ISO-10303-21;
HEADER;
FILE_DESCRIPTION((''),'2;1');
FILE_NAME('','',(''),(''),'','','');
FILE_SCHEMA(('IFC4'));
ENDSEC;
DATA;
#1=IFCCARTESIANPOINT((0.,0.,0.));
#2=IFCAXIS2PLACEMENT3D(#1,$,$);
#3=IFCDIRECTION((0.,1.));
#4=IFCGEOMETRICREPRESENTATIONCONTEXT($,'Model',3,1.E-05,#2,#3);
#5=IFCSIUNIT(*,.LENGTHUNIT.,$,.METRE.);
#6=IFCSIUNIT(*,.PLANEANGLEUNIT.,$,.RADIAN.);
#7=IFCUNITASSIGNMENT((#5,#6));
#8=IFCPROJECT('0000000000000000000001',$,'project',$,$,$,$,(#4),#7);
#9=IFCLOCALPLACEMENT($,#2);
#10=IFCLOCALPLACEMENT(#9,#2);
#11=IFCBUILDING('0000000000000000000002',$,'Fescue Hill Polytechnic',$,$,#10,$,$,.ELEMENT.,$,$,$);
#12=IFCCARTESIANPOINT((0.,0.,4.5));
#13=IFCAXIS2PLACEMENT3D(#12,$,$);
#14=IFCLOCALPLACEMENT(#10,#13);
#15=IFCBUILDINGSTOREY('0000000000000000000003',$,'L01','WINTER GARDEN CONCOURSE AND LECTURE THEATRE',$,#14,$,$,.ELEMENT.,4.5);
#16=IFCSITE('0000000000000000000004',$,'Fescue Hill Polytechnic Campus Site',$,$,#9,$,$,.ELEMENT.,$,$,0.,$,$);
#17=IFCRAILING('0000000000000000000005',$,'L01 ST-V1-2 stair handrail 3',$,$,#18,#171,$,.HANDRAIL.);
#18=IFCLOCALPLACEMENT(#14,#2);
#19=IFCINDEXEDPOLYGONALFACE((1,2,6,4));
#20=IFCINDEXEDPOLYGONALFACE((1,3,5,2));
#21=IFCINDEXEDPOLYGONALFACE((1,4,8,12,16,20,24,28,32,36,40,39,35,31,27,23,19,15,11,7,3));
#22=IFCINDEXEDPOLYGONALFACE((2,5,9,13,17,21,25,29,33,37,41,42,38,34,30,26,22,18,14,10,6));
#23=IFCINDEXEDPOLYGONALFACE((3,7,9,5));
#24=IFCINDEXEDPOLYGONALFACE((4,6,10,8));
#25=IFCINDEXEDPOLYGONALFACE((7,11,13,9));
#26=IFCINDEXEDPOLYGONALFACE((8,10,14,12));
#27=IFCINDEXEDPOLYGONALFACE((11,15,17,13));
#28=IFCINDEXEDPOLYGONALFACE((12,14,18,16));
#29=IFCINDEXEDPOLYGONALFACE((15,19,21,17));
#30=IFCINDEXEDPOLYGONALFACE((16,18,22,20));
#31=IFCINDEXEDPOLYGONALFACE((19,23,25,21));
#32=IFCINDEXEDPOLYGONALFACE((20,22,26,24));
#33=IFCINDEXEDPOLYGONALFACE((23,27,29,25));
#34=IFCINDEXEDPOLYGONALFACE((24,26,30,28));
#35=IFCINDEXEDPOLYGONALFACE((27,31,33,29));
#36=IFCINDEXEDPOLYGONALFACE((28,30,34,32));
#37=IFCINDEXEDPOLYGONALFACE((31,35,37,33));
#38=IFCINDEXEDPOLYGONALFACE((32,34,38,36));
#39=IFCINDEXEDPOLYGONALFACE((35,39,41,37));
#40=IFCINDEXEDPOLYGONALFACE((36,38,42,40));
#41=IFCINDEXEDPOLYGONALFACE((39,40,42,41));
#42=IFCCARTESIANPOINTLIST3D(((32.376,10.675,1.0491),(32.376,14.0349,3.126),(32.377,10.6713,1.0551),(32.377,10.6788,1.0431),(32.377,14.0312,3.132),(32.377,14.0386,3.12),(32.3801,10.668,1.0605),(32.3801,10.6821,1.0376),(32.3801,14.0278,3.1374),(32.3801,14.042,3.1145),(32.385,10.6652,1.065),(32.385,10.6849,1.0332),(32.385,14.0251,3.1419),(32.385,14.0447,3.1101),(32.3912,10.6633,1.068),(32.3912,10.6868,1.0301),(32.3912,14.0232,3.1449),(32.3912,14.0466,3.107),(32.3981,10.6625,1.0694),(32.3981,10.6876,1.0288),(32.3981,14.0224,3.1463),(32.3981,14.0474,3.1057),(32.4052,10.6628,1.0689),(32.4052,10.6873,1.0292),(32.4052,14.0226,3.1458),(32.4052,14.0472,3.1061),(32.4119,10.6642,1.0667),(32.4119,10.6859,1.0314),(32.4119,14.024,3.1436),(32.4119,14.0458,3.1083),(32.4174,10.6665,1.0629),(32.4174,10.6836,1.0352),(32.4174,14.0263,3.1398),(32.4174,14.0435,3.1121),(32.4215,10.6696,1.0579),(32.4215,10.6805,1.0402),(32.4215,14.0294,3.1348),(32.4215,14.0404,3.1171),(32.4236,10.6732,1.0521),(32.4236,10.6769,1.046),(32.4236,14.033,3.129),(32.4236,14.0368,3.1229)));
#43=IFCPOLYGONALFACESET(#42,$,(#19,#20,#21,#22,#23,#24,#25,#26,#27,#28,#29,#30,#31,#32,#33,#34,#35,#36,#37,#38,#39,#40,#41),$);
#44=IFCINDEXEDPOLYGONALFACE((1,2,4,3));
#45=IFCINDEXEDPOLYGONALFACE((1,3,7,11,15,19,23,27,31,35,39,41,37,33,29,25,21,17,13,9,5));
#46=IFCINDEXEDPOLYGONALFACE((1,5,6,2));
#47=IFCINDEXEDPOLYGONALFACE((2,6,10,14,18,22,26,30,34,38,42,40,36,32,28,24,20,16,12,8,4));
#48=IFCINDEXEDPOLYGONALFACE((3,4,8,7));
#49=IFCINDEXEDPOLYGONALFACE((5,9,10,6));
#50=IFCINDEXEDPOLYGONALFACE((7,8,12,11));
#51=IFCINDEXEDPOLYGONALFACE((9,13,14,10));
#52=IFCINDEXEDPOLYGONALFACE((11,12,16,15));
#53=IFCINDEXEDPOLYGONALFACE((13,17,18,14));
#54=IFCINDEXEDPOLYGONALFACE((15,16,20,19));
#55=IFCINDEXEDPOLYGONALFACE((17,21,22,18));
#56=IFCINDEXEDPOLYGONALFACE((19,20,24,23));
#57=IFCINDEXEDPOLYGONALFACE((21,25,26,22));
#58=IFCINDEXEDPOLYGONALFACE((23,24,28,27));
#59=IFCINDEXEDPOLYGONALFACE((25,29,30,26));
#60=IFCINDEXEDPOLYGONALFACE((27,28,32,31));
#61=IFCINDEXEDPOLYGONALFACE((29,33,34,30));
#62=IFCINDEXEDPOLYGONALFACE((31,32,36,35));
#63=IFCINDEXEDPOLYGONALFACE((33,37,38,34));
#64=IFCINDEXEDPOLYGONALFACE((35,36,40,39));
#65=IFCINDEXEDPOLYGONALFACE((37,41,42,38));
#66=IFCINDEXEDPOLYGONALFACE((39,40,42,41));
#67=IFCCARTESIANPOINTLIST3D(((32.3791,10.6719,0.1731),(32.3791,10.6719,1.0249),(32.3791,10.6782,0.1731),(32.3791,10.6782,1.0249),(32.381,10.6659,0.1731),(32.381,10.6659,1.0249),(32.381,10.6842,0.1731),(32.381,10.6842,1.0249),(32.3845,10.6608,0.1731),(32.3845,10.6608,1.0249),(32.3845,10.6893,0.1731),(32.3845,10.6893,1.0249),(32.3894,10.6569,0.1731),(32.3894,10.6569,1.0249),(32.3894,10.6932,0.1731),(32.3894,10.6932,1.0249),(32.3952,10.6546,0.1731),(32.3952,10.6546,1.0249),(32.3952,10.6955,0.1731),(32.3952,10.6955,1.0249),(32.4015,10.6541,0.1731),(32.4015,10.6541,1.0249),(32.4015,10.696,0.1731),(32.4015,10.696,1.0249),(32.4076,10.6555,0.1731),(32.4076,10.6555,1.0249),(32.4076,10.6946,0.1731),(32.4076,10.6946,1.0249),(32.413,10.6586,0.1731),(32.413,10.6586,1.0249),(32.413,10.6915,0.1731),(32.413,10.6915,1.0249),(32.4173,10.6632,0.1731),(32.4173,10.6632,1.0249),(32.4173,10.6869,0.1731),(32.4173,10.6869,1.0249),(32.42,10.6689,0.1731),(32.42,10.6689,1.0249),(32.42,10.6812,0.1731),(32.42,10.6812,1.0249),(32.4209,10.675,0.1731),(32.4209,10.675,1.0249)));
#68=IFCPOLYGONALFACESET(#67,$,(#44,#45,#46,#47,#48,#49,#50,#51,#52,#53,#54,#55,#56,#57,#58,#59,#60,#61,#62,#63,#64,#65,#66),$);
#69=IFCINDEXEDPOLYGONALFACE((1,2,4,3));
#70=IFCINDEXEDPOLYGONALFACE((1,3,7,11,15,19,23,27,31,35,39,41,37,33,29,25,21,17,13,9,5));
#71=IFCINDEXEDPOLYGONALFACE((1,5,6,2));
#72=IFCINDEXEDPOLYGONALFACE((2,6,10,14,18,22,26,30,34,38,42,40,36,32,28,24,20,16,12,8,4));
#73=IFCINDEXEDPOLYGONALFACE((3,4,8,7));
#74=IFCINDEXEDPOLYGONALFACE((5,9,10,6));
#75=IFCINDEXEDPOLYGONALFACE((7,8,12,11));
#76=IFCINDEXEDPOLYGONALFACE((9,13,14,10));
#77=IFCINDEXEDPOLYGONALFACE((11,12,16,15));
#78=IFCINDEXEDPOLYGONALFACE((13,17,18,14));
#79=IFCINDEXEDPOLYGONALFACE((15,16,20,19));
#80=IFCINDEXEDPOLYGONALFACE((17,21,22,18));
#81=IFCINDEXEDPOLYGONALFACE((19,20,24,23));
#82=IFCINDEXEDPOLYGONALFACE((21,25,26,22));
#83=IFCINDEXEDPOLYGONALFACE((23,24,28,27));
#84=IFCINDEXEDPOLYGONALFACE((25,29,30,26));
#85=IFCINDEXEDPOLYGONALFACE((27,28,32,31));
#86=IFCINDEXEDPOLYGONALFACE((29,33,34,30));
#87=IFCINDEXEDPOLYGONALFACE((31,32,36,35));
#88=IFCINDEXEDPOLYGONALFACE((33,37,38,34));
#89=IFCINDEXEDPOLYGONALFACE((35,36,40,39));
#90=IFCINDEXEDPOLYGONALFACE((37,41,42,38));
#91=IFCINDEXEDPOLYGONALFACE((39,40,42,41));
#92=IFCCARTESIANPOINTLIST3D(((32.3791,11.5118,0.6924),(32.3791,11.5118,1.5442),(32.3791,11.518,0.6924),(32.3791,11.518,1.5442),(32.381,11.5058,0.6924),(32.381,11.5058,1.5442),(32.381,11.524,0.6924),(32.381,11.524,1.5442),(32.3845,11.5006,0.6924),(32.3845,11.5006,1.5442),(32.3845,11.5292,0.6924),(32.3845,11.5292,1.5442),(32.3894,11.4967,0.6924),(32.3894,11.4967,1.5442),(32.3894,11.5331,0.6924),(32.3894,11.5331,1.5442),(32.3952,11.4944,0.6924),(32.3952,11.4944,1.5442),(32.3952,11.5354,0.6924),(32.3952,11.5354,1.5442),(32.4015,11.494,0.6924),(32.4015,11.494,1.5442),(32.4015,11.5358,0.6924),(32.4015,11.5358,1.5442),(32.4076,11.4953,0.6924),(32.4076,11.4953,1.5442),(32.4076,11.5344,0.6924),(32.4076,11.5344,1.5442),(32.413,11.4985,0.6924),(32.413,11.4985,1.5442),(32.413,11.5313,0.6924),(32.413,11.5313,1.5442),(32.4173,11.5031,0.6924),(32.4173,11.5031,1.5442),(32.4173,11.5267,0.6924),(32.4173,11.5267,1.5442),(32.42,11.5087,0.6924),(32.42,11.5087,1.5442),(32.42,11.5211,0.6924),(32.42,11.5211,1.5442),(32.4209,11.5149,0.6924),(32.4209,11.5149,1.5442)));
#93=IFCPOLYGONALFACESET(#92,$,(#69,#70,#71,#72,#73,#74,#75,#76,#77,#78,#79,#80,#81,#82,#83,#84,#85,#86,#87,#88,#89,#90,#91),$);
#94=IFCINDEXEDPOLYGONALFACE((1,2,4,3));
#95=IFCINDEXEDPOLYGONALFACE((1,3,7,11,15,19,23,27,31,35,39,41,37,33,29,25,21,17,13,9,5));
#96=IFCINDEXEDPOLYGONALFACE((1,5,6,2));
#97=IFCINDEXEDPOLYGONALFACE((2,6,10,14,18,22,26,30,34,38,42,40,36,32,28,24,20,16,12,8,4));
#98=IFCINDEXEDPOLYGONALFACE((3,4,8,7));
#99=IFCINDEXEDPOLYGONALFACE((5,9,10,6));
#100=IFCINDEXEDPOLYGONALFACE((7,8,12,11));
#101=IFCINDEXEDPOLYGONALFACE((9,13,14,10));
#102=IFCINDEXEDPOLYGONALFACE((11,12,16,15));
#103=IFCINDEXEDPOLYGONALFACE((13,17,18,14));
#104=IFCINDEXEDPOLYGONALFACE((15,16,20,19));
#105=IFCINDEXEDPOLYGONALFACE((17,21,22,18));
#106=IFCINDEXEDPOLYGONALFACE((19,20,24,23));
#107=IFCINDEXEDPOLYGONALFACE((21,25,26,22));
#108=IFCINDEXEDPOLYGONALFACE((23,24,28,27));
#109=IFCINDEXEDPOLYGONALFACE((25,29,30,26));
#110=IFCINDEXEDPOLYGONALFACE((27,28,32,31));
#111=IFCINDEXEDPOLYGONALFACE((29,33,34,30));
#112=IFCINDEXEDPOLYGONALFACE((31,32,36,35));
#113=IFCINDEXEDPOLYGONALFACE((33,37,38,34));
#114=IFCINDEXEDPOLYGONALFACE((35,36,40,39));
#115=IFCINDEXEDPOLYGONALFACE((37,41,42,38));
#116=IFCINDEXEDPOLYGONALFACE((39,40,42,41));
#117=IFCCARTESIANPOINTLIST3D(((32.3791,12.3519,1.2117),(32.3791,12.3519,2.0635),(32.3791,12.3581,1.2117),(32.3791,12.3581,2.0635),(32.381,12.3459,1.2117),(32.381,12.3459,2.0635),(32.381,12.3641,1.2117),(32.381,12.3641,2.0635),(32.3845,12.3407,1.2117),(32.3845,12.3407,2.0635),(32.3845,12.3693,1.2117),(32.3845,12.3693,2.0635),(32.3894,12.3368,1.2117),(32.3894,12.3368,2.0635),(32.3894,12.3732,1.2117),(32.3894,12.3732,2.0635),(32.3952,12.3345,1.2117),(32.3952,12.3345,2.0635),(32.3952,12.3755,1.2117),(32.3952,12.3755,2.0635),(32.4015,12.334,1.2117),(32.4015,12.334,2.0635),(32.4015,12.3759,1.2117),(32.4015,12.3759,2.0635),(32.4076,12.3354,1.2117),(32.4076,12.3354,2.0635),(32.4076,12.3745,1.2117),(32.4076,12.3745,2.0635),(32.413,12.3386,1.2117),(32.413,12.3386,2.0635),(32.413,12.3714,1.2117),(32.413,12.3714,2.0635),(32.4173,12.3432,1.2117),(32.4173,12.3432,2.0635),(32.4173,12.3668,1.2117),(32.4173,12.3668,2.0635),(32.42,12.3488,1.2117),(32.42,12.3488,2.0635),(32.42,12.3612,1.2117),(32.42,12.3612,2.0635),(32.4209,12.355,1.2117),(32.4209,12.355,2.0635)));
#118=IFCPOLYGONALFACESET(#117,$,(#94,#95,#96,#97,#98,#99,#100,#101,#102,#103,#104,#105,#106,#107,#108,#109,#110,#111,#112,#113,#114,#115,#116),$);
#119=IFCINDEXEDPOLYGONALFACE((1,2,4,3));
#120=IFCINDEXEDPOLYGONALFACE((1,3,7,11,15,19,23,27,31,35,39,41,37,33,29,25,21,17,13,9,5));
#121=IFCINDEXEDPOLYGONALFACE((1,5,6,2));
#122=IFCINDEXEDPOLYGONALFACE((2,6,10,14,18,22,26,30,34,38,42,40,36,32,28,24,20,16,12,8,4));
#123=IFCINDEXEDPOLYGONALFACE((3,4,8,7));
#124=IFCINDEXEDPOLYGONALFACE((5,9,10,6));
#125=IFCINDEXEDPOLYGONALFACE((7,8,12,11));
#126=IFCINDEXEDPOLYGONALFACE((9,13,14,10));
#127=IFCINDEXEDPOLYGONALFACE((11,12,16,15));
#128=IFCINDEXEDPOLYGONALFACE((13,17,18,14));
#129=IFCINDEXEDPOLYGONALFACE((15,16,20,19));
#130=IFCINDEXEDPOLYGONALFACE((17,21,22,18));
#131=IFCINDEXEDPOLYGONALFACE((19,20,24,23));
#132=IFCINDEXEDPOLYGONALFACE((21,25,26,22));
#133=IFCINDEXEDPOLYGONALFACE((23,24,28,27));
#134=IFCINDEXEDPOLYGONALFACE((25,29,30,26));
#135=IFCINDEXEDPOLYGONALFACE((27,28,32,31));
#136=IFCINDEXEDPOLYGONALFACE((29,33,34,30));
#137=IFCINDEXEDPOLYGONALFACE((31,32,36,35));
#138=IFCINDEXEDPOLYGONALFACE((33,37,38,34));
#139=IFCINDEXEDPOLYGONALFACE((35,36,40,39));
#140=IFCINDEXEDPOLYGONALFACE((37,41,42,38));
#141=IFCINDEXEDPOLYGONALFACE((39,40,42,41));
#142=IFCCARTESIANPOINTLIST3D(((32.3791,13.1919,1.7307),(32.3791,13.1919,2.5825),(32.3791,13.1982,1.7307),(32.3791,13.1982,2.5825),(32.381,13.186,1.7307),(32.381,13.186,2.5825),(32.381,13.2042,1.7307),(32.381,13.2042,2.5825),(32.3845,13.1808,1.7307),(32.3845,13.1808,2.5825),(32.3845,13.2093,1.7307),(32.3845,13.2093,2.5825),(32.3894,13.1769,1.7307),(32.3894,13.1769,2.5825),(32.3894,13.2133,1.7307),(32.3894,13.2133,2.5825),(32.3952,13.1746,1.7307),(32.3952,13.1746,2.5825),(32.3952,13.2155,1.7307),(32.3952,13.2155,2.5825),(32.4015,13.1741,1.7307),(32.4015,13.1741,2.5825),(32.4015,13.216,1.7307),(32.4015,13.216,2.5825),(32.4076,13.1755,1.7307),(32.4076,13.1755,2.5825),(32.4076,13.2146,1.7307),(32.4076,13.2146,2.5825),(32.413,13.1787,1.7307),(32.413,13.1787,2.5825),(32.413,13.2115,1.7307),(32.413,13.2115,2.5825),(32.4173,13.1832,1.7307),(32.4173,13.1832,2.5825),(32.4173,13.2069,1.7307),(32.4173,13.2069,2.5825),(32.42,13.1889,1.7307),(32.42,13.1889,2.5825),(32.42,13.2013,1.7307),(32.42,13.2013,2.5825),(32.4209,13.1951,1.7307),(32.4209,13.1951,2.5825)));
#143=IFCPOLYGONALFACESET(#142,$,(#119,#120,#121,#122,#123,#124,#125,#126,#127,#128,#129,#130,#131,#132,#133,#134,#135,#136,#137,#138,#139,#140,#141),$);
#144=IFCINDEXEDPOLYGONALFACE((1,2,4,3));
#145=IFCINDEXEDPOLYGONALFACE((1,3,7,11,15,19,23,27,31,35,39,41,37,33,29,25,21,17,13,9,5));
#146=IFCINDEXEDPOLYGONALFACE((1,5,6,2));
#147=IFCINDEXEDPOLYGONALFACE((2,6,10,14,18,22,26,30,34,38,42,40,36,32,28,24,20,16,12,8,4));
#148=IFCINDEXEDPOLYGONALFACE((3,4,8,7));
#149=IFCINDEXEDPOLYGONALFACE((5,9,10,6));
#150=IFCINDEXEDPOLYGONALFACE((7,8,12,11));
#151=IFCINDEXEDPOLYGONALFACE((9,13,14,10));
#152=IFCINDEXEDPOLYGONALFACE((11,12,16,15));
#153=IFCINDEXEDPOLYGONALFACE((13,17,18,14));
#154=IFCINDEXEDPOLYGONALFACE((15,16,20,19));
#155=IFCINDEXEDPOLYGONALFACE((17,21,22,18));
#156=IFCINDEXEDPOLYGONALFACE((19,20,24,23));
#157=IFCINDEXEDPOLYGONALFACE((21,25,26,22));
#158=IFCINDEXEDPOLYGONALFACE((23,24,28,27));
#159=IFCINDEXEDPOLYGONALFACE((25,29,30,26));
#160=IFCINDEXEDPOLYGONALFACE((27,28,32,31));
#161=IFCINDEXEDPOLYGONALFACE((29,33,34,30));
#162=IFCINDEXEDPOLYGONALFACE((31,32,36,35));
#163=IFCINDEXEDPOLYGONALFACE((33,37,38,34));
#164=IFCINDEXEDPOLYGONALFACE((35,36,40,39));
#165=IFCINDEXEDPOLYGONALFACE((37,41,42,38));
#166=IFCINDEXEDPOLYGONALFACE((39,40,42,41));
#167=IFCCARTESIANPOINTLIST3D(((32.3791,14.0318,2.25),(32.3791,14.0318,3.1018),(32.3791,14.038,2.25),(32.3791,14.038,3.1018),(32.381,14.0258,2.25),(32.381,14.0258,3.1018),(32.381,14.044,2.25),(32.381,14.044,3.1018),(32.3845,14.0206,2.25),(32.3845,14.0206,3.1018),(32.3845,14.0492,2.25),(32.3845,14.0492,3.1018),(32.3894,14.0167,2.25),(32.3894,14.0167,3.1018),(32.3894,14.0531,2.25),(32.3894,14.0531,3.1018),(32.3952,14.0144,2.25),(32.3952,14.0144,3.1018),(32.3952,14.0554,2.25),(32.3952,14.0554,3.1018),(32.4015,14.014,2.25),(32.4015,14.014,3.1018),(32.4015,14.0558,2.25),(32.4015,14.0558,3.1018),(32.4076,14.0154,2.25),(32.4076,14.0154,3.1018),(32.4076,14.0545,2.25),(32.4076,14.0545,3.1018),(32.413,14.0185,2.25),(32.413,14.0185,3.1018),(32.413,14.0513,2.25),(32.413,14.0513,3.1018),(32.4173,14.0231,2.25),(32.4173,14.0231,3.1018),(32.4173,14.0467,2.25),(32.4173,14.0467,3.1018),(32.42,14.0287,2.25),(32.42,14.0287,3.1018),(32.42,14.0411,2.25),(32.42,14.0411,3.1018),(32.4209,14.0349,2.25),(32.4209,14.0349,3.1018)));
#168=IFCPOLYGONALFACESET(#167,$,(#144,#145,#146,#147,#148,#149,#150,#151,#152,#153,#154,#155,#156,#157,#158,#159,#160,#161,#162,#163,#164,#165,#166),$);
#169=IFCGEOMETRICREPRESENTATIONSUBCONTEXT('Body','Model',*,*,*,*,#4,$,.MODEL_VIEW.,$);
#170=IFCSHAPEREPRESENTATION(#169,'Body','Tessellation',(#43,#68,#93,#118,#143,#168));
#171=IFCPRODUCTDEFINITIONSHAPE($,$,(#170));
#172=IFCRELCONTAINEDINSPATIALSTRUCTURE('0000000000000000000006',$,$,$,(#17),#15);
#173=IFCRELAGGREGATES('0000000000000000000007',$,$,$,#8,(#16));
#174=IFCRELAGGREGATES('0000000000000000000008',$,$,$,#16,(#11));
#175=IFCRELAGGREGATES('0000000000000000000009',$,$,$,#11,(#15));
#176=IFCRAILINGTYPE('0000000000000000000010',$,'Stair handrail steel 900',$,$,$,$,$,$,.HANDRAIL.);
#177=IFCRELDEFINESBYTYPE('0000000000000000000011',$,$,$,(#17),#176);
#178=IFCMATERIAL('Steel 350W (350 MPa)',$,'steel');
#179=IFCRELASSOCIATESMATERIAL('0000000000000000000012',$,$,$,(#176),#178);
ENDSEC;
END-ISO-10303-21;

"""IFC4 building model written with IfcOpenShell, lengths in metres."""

from ifc_helpers import new_model, si_unit, direction, frame, origin, origin_2d, place, context, subcontext, project, spatial, circle, extrude, material, type_object, element, save


model = new_model("IFC4")

# Units and contexts
model_context = context("Model", 3, precision=1e-05, world=origin(), true_north=direction((0.0, 1.0)))
body_context = subcontext(model_context, "Body", "Model", "MODEL_VIEW")
ifc_project = project(units=[si_unit("LENGTHUNIT", "METRE"), si_unit("PLANEANGLEUNIT", "RADIAN")], contexts=[model_context])

# Site, building, storey
site_placement = place(None, origin())
site = spatial("IfcSite", under=ifc_project, at=site_placement, Name="Fescue Hill Polytechnic Campus Site", CompositionType="ELEMENT", RefElevation=0.0)
building_placement = place(site_placement, origin())
building = spatial("IfcBuilding", under=site, at=building_placement, Name="Fescue Hill Polytechnic", CompositionType="ELEMENT")
storey_placement = place(building_placement, frame((0.0, 0.0, 4.5)))
storey = spatial("IfcBuildingStorey", under=building, at=storey_placement, Name="L01", Description="WINTER GARDEN CONCOURSE AND LECTURE THEATRE", CompositionType="ELEMENT", Elevation=4.5)

# Shared definitions
ifc_material_1 = material(Name="Steel 350W (350 MPa)", Category="steel")

# Railing
railing_type_1 = type_object("IfcRailingType", Name="Stair handrail steel 900", PredefinedType="HANDRAIL", material=ifc_material_1)
railing_1_placement = place(storey_placement, frame((32.3999, 10.675, 0.1731)))
element("IfcRailing", 1, at=railing_1_placement, inside=storey, type_object=railing_type_1, Name="L01 ST-V1-2 stair handrail 3", PredefinedType="HANDRAIL", context=body_context, shape_type="SweptSolid", body=[
    extrude(circle(Radius=0.0239, at=origin_2d()), frame((0.0, 0.0, 0.876), z_axis=(0.0, 0.850606, 0.525803), x_axis=(-1.0, 0.0, 0.0)), (0.0, 0.0, 1.0), 3.95),
    extrude(circle(Radius=0.021, at=origin_2d()), origin(), (0.0, 0.0, 1.0), 0.8518),
    extrude(circle(Radius=0.021, at=origin_2d()), frame((0.0, 0.8398, 0.5193)), (0.0, 0.0, 1.0), 0.8518),
    extrude(circle(Radius=0.021, at=origin_2d()), frame((0.0, 1.6799, 1.0386)), (0.0, 0.0, 1.0), 0.8518),
    extrude(circle(Radius=0.021, at=origin_2d()), frame((0.0, 2.52, 1.5576)), (0.0, 0.0, 1.0), 0.8518),
    extrude(circle(Radius=0.021, at=origin_2d()), frame((0.0, 3.3599, 2.0769)), (0.0, 0.0, 1.0), 0.8518),
])

save(model, "model.ifc")
